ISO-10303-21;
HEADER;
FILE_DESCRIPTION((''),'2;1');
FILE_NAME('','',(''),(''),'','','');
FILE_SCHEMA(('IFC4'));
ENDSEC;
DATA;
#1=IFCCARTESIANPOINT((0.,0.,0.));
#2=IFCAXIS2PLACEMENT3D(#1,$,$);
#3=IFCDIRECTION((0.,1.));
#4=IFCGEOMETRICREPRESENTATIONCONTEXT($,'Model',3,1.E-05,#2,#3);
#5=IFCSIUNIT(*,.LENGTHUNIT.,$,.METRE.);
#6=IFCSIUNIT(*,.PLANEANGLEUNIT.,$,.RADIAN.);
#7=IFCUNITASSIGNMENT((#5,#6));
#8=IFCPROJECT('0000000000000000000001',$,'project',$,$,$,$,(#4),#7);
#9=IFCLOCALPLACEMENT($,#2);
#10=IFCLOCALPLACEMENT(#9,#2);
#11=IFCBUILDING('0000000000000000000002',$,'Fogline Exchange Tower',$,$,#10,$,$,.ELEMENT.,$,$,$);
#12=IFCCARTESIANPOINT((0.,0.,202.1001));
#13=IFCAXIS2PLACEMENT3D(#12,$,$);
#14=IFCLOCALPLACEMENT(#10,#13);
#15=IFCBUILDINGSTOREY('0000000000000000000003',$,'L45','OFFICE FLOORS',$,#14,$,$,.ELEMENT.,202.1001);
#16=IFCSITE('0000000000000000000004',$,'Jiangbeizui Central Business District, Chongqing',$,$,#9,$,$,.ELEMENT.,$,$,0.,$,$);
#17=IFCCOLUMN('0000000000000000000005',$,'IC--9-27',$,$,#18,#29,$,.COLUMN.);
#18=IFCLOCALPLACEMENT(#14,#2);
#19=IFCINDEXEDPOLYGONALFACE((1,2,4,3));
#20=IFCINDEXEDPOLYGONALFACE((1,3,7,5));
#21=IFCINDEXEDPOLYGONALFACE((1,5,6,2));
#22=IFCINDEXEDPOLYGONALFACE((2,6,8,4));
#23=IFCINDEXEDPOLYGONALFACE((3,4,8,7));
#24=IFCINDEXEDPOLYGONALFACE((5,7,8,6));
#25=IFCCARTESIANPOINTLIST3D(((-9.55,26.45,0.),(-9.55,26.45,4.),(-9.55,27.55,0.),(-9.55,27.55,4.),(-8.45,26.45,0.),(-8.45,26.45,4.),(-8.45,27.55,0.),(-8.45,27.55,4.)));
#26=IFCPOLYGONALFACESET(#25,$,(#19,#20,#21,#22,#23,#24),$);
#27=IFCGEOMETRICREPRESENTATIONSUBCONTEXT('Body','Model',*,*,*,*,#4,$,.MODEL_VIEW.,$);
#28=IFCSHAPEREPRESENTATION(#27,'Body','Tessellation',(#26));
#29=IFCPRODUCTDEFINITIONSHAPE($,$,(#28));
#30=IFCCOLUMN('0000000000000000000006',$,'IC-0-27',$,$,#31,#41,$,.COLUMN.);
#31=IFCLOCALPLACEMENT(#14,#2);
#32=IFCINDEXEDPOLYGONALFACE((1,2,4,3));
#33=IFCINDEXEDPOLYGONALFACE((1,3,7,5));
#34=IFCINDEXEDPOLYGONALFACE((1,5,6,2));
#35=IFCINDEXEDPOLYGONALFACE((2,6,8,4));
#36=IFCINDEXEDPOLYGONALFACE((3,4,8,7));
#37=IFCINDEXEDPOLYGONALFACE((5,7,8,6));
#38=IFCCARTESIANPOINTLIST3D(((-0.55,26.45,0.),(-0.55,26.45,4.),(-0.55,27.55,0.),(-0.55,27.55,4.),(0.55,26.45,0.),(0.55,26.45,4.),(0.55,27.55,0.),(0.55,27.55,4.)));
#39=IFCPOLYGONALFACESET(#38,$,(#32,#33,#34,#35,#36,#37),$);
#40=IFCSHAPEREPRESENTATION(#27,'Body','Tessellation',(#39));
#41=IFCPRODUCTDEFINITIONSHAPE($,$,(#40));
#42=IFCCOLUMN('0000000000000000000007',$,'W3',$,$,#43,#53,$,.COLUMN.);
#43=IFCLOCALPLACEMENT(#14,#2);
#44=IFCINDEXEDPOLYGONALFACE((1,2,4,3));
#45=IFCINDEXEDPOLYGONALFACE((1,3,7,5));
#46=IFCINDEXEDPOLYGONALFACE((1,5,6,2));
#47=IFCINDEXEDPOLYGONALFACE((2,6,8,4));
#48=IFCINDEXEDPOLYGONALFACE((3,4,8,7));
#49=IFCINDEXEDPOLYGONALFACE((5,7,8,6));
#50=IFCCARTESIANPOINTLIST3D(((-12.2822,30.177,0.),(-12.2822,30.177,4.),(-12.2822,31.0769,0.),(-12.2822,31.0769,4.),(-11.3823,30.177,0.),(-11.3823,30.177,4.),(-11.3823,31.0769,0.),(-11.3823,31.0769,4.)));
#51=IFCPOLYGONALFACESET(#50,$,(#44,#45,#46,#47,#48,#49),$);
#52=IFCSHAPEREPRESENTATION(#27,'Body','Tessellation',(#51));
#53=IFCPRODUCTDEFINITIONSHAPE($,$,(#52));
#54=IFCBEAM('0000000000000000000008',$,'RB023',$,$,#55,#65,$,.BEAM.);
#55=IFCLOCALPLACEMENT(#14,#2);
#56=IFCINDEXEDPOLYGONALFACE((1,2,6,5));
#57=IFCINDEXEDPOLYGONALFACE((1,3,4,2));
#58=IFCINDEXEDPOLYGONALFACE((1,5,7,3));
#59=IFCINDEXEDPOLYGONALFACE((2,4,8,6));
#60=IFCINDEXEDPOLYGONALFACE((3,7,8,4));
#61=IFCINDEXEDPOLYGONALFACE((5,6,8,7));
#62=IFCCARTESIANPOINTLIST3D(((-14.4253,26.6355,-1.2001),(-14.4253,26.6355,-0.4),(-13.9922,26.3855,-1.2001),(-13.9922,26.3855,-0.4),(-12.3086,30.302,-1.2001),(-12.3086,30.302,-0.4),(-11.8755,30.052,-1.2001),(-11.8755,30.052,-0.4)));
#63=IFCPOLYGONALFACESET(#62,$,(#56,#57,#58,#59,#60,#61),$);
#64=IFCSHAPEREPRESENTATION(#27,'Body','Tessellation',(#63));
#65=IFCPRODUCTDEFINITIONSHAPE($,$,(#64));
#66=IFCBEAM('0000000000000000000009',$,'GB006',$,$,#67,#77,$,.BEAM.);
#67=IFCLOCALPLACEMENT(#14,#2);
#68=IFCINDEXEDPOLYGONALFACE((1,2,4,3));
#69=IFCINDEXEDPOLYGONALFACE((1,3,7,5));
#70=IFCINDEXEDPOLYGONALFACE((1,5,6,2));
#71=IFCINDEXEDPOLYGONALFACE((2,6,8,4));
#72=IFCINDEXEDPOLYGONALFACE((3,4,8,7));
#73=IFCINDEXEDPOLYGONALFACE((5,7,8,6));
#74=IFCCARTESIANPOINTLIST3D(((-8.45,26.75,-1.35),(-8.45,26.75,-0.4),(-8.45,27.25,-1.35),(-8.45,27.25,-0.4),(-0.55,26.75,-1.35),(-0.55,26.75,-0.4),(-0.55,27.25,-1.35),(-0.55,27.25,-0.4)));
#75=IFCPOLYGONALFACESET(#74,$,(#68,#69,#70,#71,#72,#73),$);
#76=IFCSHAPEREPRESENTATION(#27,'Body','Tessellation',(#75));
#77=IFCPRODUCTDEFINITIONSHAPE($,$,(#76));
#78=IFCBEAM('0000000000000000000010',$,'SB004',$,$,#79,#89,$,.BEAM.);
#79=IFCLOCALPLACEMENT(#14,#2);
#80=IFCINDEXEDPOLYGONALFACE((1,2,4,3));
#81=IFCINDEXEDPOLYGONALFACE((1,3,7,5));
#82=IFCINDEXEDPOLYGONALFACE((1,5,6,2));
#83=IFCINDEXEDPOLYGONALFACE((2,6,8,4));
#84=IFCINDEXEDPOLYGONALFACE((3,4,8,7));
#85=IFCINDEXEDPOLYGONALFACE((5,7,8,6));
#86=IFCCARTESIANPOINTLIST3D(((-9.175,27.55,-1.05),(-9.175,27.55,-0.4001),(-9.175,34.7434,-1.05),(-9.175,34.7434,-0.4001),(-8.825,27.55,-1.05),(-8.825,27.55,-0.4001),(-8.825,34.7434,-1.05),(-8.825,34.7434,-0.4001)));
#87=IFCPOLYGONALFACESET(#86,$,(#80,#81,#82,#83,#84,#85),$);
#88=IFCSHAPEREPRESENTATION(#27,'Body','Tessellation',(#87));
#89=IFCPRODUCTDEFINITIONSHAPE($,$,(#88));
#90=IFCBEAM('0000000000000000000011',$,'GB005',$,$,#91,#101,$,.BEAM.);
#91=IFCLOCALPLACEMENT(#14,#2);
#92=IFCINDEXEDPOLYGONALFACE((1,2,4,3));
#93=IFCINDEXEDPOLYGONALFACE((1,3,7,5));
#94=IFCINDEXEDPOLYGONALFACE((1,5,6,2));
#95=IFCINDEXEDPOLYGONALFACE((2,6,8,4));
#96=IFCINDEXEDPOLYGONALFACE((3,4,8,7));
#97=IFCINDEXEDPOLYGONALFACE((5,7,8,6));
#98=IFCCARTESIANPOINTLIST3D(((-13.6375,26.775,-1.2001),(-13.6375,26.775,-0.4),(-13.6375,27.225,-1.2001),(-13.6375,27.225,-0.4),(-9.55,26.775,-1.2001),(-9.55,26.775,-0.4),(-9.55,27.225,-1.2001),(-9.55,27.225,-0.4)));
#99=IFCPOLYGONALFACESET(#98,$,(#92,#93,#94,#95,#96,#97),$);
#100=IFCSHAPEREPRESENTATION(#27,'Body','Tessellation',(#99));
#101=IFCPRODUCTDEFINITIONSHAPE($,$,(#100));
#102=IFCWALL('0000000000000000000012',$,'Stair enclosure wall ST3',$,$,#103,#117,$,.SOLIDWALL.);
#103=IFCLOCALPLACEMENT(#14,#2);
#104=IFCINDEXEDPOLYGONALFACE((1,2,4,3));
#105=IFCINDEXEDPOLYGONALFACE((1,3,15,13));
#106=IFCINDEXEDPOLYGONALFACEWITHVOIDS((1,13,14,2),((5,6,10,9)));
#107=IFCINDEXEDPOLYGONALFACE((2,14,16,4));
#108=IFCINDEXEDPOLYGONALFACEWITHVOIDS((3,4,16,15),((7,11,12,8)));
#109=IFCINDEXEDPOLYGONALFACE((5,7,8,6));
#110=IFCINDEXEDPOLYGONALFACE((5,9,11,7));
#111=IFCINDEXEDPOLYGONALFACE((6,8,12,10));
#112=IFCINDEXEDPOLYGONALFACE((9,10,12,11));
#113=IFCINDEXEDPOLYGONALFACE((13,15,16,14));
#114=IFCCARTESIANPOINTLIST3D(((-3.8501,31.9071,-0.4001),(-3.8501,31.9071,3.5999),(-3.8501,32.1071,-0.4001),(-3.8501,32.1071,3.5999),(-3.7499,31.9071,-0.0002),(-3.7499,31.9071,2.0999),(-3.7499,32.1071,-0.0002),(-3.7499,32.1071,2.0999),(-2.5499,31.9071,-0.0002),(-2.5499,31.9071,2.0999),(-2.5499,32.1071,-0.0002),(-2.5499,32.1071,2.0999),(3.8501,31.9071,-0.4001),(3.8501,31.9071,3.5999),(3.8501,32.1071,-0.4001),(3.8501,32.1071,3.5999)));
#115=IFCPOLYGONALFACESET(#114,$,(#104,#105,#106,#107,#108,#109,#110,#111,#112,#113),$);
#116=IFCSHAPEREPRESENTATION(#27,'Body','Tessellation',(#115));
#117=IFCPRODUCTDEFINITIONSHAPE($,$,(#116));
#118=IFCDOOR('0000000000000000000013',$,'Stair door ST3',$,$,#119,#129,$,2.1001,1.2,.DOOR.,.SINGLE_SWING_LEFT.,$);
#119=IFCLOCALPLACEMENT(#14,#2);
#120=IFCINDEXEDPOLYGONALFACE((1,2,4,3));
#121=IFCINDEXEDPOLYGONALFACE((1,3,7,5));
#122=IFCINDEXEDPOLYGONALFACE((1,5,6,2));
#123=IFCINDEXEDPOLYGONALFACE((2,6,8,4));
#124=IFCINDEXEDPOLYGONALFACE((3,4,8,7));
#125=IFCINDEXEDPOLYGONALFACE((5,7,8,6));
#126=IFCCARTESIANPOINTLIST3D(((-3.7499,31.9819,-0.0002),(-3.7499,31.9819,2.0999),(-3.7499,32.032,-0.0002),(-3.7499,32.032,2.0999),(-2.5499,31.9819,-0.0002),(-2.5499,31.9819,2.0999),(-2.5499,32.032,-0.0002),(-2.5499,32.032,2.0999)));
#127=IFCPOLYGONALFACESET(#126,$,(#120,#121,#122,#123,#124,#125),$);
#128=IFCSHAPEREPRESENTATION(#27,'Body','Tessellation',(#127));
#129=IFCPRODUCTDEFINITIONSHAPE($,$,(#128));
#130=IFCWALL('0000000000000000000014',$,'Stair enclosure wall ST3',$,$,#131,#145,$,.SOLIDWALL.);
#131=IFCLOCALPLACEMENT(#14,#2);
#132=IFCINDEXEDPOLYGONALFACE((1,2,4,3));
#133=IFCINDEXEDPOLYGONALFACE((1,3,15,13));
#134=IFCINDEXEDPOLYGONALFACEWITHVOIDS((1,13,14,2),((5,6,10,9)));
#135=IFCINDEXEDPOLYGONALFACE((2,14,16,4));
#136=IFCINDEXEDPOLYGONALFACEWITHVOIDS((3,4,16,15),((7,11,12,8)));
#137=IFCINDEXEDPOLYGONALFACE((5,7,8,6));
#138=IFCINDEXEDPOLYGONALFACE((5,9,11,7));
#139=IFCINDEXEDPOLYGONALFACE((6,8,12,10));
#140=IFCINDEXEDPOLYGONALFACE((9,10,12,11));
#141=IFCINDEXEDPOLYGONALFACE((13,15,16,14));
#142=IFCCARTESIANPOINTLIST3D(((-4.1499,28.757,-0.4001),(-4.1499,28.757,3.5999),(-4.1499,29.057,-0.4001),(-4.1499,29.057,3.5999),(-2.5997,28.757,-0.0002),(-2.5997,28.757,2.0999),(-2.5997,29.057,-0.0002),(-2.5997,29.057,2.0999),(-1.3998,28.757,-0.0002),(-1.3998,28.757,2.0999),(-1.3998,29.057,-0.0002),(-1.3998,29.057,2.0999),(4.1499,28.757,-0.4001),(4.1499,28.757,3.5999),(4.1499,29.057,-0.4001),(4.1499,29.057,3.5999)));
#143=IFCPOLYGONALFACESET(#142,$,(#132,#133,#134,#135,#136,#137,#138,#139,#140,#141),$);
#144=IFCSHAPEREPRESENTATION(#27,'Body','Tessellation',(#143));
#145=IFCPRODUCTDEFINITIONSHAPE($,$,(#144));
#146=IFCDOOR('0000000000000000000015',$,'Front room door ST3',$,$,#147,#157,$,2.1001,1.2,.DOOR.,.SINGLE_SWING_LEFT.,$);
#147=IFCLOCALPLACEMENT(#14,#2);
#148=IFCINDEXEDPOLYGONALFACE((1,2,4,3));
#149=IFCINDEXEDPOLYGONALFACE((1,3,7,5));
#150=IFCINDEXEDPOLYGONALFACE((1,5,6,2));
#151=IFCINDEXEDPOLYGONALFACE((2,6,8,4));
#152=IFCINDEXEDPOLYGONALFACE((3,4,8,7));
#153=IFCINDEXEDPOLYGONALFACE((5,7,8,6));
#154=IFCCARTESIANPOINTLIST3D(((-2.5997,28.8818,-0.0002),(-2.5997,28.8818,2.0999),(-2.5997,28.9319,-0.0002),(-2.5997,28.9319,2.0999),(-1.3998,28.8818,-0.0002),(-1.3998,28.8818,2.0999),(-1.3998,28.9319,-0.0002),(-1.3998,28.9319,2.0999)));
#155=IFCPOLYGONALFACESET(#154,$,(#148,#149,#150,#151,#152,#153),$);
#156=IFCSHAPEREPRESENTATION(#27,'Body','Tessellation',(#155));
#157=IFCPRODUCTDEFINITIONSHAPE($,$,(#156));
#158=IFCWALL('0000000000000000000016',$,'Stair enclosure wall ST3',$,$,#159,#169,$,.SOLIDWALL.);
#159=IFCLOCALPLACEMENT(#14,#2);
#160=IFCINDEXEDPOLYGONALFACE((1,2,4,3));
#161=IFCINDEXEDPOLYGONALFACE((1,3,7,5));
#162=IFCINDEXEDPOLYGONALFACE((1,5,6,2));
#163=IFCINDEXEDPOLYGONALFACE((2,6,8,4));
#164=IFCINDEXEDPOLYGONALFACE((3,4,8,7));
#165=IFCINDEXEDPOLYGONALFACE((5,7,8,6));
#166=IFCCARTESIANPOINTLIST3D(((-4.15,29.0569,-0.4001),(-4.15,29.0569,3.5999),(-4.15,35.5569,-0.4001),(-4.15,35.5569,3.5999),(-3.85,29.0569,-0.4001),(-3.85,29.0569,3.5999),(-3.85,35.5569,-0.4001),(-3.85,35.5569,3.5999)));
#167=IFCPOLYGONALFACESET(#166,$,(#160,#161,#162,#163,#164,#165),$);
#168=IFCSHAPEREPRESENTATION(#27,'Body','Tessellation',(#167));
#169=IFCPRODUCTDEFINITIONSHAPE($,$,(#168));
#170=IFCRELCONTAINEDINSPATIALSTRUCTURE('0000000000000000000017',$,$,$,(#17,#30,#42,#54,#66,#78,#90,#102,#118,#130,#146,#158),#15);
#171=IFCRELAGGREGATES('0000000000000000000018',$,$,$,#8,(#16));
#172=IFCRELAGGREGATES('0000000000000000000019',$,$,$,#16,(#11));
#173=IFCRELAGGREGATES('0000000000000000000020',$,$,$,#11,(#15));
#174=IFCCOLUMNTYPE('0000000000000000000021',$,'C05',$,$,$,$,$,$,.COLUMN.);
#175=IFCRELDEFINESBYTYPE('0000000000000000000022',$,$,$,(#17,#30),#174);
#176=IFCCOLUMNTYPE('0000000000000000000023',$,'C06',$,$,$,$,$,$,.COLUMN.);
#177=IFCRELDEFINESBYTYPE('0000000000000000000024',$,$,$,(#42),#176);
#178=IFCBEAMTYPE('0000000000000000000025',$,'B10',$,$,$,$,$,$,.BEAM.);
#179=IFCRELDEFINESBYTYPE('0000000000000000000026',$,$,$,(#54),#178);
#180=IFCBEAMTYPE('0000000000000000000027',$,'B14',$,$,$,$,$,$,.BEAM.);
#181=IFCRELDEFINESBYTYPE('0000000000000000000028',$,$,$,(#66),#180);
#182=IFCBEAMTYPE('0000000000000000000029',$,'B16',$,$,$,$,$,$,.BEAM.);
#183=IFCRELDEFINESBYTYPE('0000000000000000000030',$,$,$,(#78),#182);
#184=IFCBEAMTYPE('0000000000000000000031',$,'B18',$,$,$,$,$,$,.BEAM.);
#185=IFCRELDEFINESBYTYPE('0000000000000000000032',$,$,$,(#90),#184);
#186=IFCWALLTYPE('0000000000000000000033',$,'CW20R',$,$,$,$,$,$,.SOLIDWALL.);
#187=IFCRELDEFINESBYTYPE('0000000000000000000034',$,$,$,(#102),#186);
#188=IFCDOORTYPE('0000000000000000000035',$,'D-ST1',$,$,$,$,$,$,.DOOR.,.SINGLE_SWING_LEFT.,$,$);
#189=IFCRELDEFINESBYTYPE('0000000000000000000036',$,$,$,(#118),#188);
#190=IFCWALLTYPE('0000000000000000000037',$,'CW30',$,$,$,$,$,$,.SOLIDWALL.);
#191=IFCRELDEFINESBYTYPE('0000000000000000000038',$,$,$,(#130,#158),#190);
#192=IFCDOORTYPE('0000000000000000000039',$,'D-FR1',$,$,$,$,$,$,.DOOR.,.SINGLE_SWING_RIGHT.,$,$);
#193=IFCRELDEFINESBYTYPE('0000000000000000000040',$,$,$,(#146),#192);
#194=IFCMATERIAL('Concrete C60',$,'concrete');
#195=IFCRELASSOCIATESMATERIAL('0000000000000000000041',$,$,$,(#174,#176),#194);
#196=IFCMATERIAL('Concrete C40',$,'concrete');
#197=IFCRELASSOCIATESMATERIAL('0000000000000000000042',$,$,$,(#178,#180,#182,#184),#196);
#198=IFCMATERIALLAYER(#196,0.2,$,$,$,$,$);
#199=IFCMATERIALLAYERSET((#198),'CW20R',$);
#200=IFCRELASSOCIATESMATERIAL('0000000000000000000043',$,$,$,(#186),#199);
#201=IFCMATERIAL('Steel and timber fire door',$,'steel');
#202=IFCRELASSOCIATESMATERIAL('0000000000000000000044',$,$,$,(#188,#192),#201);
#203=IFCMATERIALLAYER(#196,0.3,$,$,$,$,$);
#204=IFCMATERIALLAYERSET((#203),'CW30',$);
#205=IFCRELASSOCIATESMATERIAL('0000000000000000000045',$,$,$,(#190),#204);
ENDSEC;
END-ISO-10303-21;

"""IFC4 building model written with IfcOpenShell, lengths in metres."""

from ifc_helpers import new_model, si_unit, direction, frame, frame_2d, origin, origin_2d, place, context, subcontext, project, spatial, rectangle, extrude, material, layer, layer_set, material_profile, profile_set, type_object, element, fill, save


model = new_model("IFC4")

# Units and contexts
model_context = context("Model", 3, precision=1e-05, world=origin(), true_north=direction((0.0, 1.0)))
body_context = subcontext(model_context, "Body", "Model", "MODEL_VIEW")
ifc_project = project(units=[si_unit("LENGTHUNIT", "METRE"), si_unit("PLANEANGLEUNIT", "RADIAN")], contexts=[model_context])

# Site, building, storey
site_placement = place(None, origin())
site = spatial("IfcSite", under=ifc_project, at=site_placement, Name="Jiangbeizui Central Business District, Chongqing", CompositionType="ELEMENT", RefElevation=0.0)
building_placement = place(site_placement, origin())
building = spatial("IfcBuilding", under=site, at=building_placement, Name="Fogline Exchange Tower", CompositionType="ELEMENT")
storey_placement = place(building_placement, frame((0.0, 0.0, 202.1001)))
storey = spatial("IfcBuildingStorey", under=building, at=storey_placement, Name="L45", Description="OFFICE FLOORS", CompositionType="ELEMENT", Elevation=202.1001)

# Columns
ifc_material_1 = material(Name="Concrete C60", Category="concrete")
ifc_material_profile_1 = material_profile(ifc_material_1, rectangle(XDim=1.1001, YDim=1.1001, at=origin_2d()), Name="RC 1100x1100")
ifc_profile_set_1 = profile_set([ifc_material_profile_1], Name="Concrete C60")
column_type_1 = type_object("IfcColumnType", Name="C05", PredefinedType="COLUMN", material=ifc_profile_set_1)
for number, where, z_axis, x_axis, name in (
    (1, (-9.0, 27.0, 0.0), (0.0, 0.0, 1.0), (1.0, 0.0, 0.0), "IC--9-27"),
    (2, (0.0, 27.0, 0.0), (0.0, 0.0, 1.0), (1.0, 0.0, 0.0), "IC-0-27"),
):
    element("IfcColumn", number, at=place(storey_placement, frame(where, z_axis=z_axis, x_axis=x_axis)), inside=storey, type_object=column_type_1, Name=name, PredefinedType="COLUMN", context=body_context, shape_type="SweptSolid", body=[
        extrude(rectangle(XDim=1.1001, YDim=1.1001, at=origin_2d()), origin(), (0.0, 0.0, 1.0), 4.0),
    ])
ifc_material_profile_2 = material_profile(ifc_material_1, rectangle(XDim=0.8999, YDim=0.8999, at=origin_2d()), Name="RC 900x900")
ifc_profile_set_2 = profile_set([ifc_material_profile_2], Name="Concrete C60")
column_type_2 = type_object("IfcColumnType", Name="C06", PredefinedType="COLUMN", material=ifc_profile_set_2)
column_placement = place(storey_placement, frame((-11.8323, 30.627, 0.0), z_axis=(0.0, 0.0, 1.0), x_axis=(1.0, 0.0, 0.0)))
element("IfcColumn", 3, at=column_placement, inside=storey, type_object=column_type_2, Name="W3", PredefinedType="COLUMN", context=body_context, shape_type="SweptSolid", body=[
    extrude(rectangle(XDim=0.8999, YDim=0.8999, at=origin_2d()), origin(), (0.0, 0.0, 1.0), 4.0),
])

# Beams
ifc_material_2 = material(Name="Concrete C40", Category="concrete")
ifc_material_profile_3 = material_profile(ifc_material_2, rectangle(XDim=0.5, YDim=0.8, at=origin_2d()), Name="RC 500x800")
ifc_profile_set_3 = profile_set([ifc_material_profile_3], Name="Concrete C40")
beam_type_1 = type_object("IfcBeamType", Name="B10", PredefinedType="BEAM", material=ifc_profile_set_3)
beam_1_placement = place(storey_placement, frame((-12.092, 30.177, -0.8), z_axis=(-0.499972, -0.866042, 0.0), x_axis=(0.866042, -0.499972, 0.0)))
element("IfcBeam", 4, at=beam_1_placement, inside=storey, type_object=beam_type_1, Name="RB023", PredefinedType="BEAM", context=body_context, shape_type="SweptSolid", body=[
    extrude(rectangle(XDim=0.5, YDim=0.8, at=origin_2d()), origin(), (0.0, 0.0, 1.0), 4.2336),
])
ifc_material_profile_4 = material_profile(ifc_material_2, rectangle(XDim=0.5, YDim=0.95, at=origin_2d()), Name="RC 500x950")
ifc_profile_set_4 = profile_set([ifc_material_profile_4], Name="Concrete C40")
beam_type_2 = type_object("IfcBeamType", Name="B14", PredefinedType="BEAM", material=ifc_profile_set_4)
beam_2_placement = place(storey_placement, frame((-8.45, 27.0, -0.875), z_axis=(1.0, 0.0, 0.0), x_axis=(0.0, 1.0, 0.0)))
element("IfcBeam", 5, at=beam_2_placement, inside=storey, type_object=beam_type_2, Name="GB006", PredefinedType="BEAM", context=body_context, shape_type="SweptSolid", body=[
    extrude(rectangle(XDim=0.5, YDim=0.95, at=origin_2d()), origin(), (0.0, 0.0, 1.0), 7.8999),
])
ifc_material_profile_5 = material_profile(ifc_material_2, rectangle(XDim=0.3501, YDim=0.6499, at=origin_2d()), Name="RC 350x650")
ifc_profile_set_5 = profile_set([ifc_material_profile_5], Name="Concrete C40")
beam_type_3 = type_object("IfcBeamType", Name="B16", PredefinedType="BEAM", material=ifc_profile_set_5)
beam_3_placement = place(storey_placement, frame((-9.0, 27.55, -0.7251), z_axis=(0.0, 1.0, 0.0), x_axis=(-1.0, 0.0, 0.0)))
element("IfcBeam", 6, at=beam_3_placement, inside=storey, type_object=beam_type_3, Name="SB004", PredefinedType="BEAM", context=body_context, shape_type="SweptSolid", body=[
    extrude(rectangle(XDim=0.3501, YDim=0.6499, at=origin_2d()), origin(), (0.0, 0.0, 1.0), 7.1934),
])
ifc_material_profile_6 = material_profile(ifc_material_2, rectangle(XDim=0.45, YDim=0.8, at=origin_2d()), Name="RC 450x800")
ifc_profile_set_6 = profile_set([ifc_material_profile_6], Name="Concrete C40")
beam_type_4 = type_object("IfcBeamType", Name="B18", PredefinedType="BEAM", material=ifc_profile_set_6)
beam_4_placement = place(storey_placement, frame((-13.6375, 27.0, -0.8), z_axis=(1.0, 0.0, 0.0), x_axis=(0.0, 1.0, 0.0)))
element("IfcBeam", 7, at=beam_4_placement, inside=storey, type_object=beam_type_4, Name="GB005", PredefinedType="BEAM", context=body_context, shape_type="SweptSolid", body=[
    extrude(rectangle(XDim=0.45, YDim=0.8, at=origin_2d()), origin(), (0.0, 0.0, 1.0), 4.0874),
])

# Walls, openings, doors
ifc_layer_1 = layer(ifc_material_2, 0.2)
ifc_layer_set_1 = layer_set([ifc_layer_1], Name="CW20R")
wall_type_1 = type_object("IfcWallType", Name="CW20R", PredefinedType="SOLIDWALL", material=ifc_layer_set_1)
wall_1_placement = place(storey_placement, frame((-3.8501, 32.0071, -0.4001), z_axis=(0.0, 0.0, 1.0), x_axis=(1.0, 0.0, 0.0)))
wall_1 = element("IfcWall", 8, at=wall_1_placement, inside=storey, type_object=wall_type_1, Name="Stair enclosure wall ST3", PredefinedType="SOLIDWALL", context=body_context, shape_type="SweptSolid", body=[
    extrude(rectangle(XDim=7.7002, YDim=0.2, at=frame_2d((3.8501, 0.0))), origin(), (0.0, 0.0, 1.0), 4.0),
])
opening_1_placement = place(wall_1_placement, frame((0.1001, 0.0, 0.3999)))
opening_1 = element("IfcOpeningElement", 9, at=opening_1_placement, cuts=wall_1, PredefinedType="OPENING", context=body_context, shape_type="SweptSolid", body=[
    extrude(rectangle(XDim=1.2, YDim=2.1001, at=frame_2d((0.6001, 1.05))), frame((0.0, 0.1099, 0.0), z_axis=(0.0, -1.0, 0.0), x_axis=(1.0, 0.0, 0.0)), (0.0, 0.0, 1.0), 0.22),
])
ifc_material_3 = material(Name="Steel and timber fire door", Category="steel")
door_type_1 = type_object("IfcDoorType", Name="D-ST1", OperationType="SINGLE_SWING_LEFT", PredefinedType="DOOR", material=ifc_material_3)
door_1_placement = place(opening_1_placement, origin())
door_1 = element("IfcDoor", 10, at=door_1_placement, inside=storey, type_object=door_type_1, Name="Stair door ST3", OperationType="SINGLE_SWING_LEFT", OverallHeight=2.1001, OverallWidth=1.2, PredefinedType="DOOR", context=body_context, shape_type="SweptSolid", body=[
    extrude(rectangle(XDim=1.2, YDim=2.1001, at=frame_2d((0.6001, 1.05))), frame((0.0, 0.0249, 0.0), z_axis=(0.0, -1.0, 0.0), x_axis=(1.0, 0.0, 0.0)), (0.0, 0.0, 1.0), 0.05),
])
fill(opening_1, door_1)
ifc_layer_2 = layer(ifc_material_2, 0.3)
ifc_layer_set_2 = layer_set([ifc_layer_2], Name="CW30")
wall_type_2 = type_object("IfcWallType", Name="CW30", PredefinedType="SOLIDWALL", material=ifc_layer_set_2)
wall_2_placement = place(storey_placement, frame((-4.1499, 28.907, -0.4001), z_axis=(0.0, 0.0, 1.0), x_axis=(1.0, 0.0, 0.0)))
wall_2 = element("IfcWall", 11, at=wall_2_placement, inside=storey, type_object=wall_type_2, Name="Stair enclosure wall ST3", PredefinedType="SOLIDWALL", context=body_context, shape_type="SweptSolid", body=[
    extrude(rectangle(XDim=8.2998, YDim=0.3, at=frame_2d((4.1499, 0.0))), origin(), (0.0, 0.0, 1.0), 4.0),
])
opening_2_placement = place(wall_2_placement, frame((1.55, 0.0, 0.3999)))
opening_2 = element("IfcOpeningElement", 12, at=opening_2_placement, cuts=wall_2, PredefinedType="OPENING", context=body_context, shape_type="SweptSolid", body=[
    extrude(rectangle(XDim=1.2, YDim=2.1001, at=frame_2d((0.6001, 1.05))), frame((0.0, 0.1602, 0.0), z_axis=(0.0, -1.0, 0.0), x_axis=(1.0, 0.0, 0.0)), (0.0, 0.0, 1.0), 0.3201),
])
door_type_2 = type_object("IfcDoorType", Name="D-FR1", OperationType="SINGLE_SWING_RIGHT", PredefinedType="DOOR", material=ifc_material_3)
door_2_placement = place(opening_2_placement, origin())
door_2 = element("IfcDoor", 13, at=door_2_placement, inside=storey, type_object=door_type_2, Name="Front room door ST3", OperationType="SINGLE_SWING_LEFT", OverallHeight=2.1001, OverallWidth=1.2, PredefinedType="DOOR", context=body_context, shape_type="SweptSolid", body=[
    extrude(rectangle(XDim=1.2, YDim=2.1001, at=frame_2d((0.6001, 1.05))), frame((0.0, 0.0249, 0.0), z_axis=(0.0, -1.0, 0.0), x_axis=(1.0, 0.0, 0.0)), (0.0, 0.0, 1.0), 0.05),
])
fill(opening_2, door_2)

# Wall
wall_3_placement = place(storey_placement, frame((-4.0, 29.0569, -0.4001), z_axis=(0.0, 0.0, 1.0), x_axis=(0.0, 1.0, 0.0)))
element("IfcWall", 14, at=wall_3_placement, inside=storey, type_object=wall_type_2, Name="Stair enclosure wall ST3", PredefinedType="SOLIDWALL", context=body_context, shape_type="SweptSolid", body=[
    extrude(rectangle(XDim=6.5, YDim=0.3, at=frame_2d((3.25, 0.0))), origin(), (0.0, 0.0, 1.0), 4.0),
])

save(model, "model.ifc")
